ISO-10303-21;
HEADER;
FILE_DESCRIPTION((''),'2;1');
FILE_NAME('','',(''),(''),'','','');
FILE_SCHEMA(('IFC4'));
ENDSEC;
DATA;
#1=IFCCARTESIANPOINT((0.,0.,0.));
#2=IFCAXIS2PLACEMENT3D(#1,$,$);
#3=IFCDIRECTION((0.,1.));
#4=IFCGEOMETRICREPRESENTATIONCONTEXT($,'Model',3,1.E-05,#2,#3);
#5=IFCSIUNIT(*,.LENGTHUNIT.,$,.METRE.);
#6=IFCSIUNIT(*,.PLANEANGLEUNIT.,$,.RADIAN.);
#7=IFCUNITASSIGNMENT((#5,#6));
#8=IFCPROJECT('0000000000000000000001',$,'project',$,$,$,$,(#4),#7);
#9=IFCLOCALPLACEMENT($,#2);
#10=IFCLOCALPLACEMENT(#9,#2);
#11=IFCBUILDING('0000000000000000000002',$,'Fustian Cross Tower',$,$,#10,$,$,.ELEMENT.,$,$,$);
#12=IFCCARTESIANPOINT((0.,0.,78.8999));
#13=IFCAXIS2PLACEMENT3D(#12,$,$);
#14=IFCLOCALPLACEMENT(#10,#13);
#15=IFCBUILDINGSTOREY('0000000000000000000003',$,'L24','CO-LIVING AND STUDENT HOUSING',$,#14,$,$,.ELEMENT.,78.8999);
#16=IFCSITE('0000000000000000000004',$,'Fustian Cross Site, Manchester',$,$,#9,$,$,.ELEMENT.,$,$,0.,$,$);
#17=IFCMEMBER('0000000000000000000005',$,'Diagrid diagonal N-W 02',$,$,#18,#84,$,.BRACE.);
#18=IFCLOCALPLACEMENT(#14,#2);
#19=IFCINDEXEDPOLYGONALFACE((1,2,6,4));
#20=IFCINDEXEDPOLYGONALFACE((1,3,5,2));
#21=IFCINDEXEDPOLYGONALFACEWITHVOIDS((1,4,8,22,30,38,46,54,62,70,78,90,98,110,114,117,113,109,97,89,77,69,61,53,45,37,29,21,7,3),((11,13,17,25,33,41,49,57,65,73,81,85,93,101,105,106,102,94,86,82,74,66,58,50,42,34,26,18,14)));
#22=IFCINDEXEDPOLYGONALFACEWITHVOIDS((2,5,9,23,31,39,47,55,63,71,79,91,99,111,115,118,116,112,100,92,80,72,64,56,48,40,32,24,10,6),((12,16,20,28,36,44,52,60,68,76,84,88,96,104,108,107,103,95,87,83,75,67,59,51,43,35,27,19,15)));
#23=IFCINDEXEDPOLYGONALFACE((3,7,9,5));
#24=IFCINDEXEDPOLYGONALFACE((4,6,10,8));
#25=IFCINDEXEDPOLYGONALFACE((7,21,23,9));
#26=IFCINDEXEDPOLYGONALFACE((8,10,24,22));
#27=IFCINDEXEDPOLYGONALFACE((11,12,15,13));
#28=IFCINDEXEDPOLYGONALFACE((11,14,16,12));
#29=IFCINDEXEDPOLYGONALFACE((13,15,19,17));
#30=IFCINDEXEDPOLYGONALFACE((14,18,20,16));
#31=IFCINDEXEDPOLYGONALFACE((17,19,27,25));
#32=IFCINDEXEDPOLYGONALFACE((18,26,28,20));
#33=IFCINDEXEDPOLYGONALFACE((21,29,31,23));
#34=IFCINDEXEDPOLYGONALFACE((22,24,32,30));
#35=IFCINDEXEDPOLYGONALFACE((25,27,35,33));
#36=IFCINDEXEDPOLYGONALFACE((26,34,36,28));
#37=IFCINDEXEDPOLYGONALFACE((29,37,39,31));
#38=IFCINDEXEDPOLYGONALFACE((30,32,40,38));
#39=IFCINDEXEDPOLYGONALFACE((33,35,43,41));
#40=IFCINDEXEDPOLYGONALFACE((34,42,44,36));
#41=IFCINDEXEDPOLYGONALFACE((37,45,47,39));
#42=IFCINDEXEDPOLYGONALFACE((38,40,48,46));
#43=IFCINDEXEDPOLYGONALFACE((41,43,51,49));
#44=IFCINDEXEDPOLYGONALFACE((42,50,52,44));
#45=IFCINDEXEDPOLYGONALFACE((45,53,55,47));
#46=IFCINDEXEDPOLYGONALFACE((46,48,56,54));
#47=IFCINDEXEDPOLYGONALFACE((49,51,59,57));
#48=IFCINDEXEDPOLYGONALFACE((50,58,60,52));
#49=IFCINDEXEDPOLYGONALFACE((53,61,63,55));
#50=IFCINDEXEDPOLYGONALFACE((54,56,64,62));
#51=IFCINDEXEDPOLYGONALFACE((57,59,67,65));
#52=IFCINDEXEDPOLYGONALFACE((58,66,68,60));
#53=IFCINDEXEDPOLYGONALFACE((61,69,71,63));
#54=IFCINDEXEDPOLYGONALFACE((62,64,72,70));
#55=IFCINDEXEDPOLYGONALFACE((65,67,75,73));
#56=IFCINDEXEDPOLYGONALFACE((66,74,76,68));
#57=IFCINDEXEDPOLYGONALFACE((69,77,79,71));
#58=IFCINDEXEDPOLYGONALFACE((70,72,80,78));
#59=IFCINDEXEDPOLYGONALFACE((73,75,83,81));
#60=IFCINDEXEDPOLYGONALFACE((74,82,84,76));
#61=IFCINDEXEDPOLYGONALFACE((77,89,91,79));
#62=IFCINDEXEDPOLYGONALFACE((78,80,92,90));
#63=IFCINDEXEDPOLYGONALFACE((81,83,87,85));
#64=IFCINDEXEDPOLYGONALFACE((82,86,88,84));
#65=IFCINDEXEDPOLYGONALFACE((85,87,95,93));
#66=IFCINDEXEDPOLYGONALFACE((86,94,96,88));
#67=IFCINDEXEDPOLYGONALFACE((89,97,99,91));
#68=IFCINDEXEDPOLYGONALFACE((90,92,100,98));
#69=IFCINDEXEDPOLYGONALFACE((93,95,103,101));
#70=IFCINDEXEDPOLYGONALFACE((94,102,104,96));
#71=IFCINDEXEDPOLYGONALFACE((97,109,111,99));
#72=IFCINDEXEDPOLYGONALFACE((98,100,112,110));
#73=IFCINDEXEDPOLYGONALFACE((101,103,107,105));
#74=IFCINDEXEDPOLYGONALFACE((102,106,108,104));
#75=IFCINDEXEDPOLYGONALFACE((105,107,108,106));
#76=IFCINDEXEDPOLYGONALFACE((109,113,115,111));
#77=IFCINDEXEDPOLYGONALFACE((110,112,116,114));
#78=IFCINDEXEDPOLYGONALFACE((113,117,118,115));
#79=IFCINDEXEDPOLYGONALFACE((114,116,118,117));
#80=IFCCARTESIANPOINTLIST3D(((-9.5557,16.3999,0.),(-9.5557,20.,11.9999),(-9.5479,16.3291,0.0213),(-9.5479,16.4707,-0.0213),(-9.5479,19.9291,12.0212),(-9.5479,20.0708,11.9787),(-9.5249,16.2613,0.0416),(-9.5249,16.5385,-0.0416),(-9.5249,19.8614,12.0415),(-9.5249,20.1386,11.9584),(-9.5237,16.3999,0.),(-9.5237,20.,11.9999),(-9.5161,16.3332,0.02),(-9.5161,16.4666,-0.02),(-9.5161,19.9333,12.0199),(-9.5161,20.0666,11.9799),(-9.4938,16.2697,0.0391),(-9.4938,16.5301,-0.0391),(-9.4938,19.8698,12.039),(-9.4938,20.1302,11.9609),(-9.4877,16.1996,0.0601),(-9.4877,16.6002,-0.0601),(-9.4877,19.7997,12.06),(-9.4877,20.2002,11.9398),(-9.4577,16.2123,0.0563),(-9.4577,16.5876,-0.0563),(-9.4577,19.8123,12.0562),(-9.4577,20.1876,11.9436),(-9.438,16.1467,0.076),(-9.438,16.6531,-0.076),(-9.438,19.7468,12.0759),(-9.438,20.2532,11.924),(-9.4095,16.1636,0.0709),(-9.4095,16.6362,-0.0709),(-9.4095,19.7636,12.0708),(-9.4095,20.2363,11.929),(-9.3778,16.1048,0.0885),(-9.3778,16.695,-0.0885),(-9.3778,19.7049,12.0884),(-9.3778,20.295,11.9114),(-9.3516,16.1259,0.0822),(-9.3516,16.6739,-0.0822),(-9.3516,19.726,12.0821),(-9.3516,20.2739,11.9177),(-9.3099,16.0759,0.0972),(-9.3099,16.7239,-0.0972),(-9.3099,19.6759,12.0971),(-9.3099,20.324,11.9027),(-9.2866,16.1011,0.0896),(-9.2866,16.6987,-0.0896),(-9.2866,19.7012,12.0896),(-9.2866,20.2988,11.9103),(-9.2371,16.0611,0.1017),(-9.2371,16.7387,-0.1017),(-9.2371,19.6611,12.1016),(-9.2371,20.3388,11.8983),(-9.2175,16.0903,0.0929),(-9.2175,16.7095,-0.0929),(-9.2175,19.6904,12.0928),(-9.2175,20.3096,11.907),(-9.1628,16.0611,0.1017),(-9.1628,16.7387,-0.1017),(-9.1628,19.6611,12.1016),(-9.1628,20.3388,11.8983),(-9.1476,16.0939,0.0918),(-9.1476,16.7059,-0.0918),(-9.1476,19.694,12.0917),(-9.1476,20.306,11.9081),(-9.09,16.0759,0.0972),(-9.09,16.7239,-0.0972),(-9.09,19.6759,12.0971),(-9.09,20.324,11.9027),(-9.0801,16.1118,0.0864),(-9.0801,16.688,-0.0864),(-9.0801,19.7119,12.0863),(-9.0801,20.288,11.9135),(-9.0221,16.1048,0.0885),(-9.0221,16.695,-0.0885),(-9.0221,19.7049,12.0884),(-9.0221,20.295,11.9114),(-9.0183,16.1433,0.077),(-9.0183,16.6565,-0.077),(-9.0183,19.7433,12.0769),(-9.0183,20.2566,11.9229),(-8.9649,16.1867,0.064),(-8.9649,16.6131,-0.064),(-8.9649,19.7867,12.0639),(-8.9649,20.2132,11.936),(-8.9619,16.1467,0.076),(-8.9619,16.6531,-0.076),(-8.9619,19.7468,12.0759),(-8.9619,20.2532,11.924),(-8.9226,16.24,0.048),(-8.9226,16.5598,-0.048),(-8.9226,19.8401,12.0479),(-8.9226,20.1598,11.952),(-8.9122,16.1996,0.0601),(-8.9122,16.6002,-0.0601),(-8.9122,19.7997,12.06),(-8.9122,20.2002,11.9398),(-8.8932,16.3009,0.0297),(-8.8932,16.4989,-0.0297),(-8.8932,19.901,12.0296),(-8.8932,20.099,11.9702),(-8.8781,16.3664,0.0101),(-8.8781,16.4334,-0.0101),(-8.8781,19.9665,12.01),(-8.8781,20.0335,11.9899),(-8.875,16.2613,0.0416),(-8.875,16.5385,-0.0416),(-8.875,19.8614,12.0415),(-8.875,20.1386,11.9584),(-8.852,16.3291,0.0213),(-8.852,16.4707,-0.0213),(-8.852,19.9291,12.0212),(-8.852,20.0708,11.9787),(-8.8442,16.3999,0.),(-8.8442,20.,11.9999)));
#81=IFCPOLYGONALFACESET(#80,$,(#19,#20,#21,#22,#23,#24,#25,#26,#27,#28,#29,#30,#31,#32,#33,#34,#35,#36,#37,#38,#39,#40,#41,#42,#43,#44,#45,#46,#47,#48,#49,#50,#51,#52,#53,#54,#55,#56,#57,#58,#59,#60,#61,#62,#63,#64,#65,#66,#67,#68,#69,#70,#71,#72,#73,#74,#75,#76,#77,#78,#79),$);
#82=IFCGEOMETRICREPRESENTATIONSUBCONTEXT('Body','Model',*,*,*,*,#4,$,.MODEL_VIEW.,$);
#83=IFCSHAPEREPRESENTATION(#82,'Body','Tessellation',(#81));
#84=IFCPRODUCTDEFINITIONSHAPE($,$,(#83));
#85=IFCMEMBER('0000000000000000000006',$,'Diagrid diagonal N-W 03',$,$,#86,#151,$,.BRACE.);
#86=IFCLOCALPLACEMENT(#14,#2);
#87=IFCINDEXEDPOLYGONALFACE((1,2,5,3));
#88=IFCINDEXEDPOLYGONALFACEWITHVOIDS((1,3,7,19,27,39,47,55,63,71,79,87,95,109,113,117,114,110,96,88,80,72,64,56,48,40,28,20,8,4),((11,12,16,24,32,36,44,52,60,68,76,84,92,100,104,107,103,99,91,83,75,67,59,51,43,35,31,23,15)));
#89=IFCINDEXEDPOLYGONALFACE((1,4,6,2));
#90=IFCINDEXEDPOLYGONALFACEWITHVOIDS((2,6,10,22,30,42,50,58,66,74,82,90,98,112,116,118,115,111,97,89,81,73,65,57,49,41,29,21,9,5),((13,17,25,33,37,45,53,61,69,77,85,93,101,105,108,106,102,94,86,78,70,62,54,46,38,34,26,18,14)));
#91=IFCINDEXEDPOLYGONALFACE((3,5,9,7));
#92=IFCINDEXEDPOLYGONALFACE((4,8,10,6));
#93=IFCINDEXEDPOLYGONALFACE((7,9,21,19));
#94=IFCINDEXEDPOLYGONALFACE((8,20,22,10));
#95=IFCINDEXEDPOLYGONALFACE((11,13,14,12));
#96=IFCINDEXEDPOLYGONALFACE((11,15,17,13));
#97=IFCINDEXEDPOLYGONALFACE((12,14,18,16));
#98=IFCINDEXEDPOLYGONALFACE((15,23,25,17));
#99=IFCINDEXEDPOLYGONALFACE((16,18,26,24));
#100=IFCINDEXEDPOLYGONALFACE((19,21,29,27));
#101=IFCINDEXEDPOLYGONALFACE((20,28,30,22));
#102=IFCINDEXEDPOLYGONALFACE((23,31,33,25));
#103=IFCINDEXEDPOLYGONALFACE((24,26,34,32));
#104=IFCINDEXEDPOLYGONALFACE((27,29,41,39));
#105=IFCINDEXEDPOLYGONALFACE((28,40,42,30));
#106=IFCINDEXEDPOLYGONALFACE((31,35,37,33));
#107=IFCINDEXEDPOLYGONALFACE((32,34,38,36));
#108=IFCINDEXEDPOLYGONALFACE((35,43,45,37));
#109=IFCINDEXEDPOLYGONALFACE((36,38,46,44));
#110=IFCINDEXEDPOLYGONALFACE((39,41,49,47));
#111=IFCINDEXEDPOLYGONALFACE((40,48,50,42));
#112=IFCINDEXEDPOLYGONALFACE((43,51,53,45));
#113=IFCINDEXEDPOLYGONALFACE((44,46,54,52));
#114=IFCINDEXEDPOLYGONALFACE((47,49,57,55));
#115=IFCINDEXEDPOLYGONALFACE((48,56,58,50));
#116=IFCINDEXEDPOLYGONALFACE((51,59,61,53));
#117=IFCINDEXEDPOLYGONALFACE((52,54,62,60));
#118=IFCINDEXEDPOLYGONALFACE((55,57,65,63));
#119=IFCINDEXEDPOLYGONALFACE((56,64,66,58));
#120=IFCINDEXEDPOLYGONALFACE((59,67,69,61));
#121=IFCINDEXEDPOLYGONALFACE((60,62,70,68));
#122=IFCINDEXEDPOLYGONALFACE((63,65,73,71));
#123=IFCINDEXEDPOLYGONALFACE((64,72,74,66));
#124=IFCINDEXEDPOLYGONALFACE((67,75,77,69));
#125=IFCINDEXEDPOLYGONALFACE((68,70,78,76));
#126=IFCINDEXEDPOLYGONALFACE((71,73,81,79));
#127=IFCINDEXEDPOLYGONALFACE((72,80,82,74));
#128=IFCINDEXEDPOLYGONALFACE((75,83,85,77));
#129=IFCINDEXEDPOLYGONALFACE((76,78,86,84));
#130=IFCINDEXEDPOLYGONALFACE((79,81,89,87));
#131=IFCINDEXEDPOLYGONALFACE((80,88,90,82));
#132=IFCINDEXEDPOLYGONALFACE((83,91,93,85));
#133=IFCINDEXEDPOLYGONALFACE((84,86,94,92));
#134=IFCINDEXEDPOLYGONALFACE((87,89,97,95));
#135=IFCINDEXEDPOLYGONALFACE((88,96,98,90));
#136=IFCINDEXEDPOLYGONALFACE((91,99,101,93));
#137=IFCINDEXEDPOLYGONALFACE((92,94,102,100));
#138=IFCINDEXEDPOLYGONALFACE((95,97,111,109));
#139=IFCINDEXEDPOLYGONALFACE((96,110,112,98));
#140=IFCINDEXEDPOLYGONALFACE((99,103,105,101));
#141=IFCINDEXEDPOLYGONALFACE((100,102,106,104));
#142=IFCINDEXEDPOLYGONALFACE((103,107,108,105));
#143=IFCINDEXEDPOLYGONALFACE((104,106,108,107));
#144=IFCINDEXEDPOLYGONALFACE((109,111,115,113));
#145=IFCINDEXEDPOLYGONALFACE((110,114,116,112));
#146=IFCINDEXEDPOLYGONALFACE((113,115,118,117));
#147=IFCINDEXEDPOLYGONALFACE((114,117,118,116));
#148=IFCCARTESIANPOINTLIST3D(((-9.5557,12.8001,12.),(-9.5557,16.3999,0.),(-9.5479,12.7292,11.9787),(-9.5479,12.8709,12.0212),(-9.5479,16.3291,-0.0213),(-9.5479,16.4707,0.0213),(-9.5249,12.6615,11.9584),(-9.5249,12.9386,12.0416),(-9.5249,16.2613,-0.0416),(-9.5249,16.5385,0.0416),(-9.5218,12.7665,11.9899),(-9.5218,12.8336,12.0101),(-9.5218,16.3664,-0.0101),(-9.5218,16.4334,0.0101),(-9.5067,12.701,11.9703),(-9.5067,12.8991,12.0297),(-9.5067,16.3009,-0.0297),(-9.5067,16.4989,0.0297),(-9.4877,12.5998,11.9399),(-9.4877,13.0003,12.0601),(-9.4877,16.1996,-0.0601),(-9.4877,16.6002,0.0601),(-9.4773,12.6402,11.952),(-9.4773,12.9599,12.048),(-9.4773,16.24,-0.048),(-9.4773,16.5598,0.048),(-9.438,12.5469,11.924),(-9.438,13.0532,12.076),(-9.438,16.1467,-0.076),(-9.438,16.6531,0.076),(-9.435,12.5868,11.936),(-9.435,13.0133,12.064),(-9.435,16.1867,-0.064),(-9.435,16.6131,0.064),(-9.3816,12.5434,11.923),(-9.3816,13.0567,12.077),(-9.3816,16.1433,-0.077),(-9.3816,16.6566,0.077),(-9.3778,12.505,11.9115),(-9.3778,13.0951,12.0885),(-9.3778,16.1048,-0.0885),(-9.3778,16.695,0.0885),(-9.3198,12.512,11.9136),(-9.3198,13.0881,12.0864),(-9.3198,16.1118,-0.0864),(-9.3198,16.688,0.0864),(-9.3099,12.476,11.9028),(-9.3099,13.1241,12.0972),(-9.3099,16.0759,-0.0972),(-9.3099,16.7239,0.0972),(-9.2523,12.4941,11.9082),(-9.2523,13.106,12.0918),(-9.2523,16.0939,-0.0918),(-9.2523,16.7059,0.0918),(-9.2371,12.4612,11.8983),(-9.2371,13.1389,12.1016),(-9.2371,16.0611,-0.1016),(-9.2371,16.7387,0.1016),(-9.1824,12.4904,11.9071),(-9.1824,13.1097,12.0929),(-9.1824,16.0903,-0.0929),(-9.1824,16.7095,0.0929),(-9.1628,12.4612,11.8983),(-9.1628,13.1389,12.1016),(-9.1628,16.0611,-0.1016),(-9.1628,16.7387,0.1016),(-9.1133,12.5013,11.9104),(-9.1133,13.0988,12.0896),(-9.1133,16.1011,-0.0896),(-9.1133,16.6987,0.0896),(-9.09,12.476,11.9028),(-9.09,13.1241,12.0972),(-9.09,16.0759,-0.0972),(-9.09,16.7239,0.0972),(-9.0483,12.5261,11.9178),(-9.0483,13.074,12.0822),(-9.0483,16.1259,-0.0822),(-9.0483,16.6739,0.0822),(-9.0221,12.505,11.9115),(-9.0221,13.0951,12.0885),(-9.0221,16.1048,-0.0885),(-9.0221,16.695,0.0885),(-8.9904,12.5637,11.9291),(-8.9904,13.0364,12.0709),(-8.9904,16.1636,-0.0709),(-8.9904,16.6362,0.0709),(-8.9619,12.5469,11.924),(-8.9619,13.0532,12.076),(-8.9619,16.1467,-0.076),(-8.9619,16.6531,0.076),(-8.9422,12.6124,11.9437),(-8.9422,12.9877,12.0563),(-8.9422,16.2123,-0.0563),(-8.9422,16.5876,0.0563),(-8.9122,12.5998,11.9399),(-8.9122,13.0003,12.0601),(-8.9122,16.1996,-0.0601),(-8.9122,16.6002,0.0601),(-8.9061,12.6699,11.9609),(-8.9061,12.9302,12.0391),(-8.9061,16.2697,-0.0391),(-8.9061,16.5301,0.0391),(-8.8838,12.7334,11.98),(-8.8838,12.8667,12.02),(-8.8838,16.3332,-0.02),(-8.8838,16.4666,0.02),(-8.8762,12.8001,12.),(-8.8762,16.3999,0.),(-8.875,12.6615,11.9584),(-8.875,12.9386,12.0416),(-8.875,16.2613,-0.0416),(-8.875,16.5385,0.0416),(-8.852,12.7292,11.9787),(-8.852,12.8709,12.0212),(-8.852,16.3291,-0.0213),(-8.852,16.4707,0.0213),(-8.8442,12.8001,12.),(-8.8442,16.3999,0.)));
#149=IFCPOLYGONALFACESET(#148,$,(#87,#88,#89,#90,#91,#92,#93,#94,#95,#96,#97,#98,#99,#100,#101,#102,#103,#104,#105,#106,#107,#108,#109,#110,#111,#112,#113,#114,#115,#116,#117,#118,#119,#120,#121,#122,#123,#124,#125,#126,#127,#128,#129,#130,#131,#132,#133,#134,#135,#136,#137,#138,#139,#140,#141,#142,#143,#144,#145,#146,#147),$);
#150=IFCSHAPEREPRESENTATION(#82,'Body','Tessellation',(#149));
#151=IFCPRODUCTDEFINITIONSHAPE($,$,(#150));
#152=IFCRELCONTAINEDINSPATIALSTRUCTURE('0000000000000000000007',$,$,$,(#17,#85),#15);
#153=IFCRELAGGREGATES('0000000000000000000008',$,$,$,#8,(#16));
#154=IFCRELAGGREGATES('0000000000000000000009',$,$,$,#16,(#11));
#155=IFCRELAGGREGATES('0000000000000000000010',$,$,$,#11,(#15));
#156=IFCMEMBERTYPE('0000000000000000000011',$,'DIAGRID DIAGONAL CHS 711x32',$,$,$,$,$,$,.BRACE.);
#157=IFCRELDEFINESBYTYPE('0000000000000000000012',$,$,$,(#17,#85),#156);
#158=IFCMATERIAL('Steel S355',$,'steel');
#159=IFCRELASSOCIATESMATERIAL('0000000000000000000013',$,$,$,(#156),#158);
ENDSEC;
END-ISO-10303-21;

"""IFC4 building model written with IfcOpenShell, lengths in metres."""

from ifc_helpers import new_model, si_unit, direction, frame, origin, origin_2d, place, context, subcontext, project, spatial, hollow_circle, extrude, material, material_profile, profile_set, type_object, element, save


model = new_model("IFC4")

# Units and contexts
model_context = context("Model", 3, precision=1e-05, world=origin(), true_north=direction((0.0, 1.0)))
body_context = subcontext(model_context, "Body", "Model", "MODEL_VIEW")
ifc_project = project(units=[si_unit("LENGTHUNIT", "METRE"), si_unit("PLANEANGLEUNIT", "RADIAN")], contexts=[model_context])

# Site, building, storey
site_placement = place(None, origin())
site = spatial("IfcSite", under=ifc_project, at=site_placement, Name="Fustian Cross Site, Manchester", CompositionType="ELEMENT", RefElevation=0.0)
building_placement = place(site_placement, origin())
building = spatial("IfcBuilding", under=site, at=building_placement, Name="Fustian Cross Tower", CompositionType="ELEMENT")
storey_placement = place(building_placement, frame((0.0, 0.0, 78.8999)))
storey = spatial("IfcBuildingStorey", under=building, at=storey_placement, Name="L24", Description="CO-LIVING AND STUDENT HOUSING", CompositionType="ELEMENT", Elevation=78.8999)

# Members
ifc_material_1 = material(Name="Steel S355", Category="steel")
ifc_material_profile_1 = material_profile(ifc_material_1, hollow_circle(Radius=0.3557, WallThickness=0.032, at=origin_2d()), Name="CHS 711x32")
ifc_profile_set_1 = profile_set([ifc_material_profile_1], Name="Steel S355")
member_type_1 = type_object("IfcMemberType", Name="DIAGRID DIAGONAL CHS 711x32", PredefinedType="BRACE", material=ifc_profile_set_1)
for number, where, z_axis, x_axis, name in (
    (1, (-9.2, 16.3999, 0.0), (0.0, 0.287355, 0.957824), (-1.0, 0.0, 0.0), "Diagrid diagonal N-W 02"),
    (2, (-9.2, 16.3999, 0.0), (0.0, -0.287337, 0.95783), (1.0, 0.0, 0.0), "Diagrid diagonal N-W 03"),
):
    element("IfcMember", number, at=place(storey_placement, frame(where, z_axis=z_axis, x_axis=x_axis)), inside=storey, type_object=member_type_1, Name=name, PredefinedType="BRACE", context=body_context, shape_type="SweptSolid", body=[
        extrude(hollow_circle(Radius=0.3557, WallThickness=0.032, at=origin_2d()), origin(), (0.0, 0.0, 1.0), 12.5283),
    ])

save(model, "model.ifc")
